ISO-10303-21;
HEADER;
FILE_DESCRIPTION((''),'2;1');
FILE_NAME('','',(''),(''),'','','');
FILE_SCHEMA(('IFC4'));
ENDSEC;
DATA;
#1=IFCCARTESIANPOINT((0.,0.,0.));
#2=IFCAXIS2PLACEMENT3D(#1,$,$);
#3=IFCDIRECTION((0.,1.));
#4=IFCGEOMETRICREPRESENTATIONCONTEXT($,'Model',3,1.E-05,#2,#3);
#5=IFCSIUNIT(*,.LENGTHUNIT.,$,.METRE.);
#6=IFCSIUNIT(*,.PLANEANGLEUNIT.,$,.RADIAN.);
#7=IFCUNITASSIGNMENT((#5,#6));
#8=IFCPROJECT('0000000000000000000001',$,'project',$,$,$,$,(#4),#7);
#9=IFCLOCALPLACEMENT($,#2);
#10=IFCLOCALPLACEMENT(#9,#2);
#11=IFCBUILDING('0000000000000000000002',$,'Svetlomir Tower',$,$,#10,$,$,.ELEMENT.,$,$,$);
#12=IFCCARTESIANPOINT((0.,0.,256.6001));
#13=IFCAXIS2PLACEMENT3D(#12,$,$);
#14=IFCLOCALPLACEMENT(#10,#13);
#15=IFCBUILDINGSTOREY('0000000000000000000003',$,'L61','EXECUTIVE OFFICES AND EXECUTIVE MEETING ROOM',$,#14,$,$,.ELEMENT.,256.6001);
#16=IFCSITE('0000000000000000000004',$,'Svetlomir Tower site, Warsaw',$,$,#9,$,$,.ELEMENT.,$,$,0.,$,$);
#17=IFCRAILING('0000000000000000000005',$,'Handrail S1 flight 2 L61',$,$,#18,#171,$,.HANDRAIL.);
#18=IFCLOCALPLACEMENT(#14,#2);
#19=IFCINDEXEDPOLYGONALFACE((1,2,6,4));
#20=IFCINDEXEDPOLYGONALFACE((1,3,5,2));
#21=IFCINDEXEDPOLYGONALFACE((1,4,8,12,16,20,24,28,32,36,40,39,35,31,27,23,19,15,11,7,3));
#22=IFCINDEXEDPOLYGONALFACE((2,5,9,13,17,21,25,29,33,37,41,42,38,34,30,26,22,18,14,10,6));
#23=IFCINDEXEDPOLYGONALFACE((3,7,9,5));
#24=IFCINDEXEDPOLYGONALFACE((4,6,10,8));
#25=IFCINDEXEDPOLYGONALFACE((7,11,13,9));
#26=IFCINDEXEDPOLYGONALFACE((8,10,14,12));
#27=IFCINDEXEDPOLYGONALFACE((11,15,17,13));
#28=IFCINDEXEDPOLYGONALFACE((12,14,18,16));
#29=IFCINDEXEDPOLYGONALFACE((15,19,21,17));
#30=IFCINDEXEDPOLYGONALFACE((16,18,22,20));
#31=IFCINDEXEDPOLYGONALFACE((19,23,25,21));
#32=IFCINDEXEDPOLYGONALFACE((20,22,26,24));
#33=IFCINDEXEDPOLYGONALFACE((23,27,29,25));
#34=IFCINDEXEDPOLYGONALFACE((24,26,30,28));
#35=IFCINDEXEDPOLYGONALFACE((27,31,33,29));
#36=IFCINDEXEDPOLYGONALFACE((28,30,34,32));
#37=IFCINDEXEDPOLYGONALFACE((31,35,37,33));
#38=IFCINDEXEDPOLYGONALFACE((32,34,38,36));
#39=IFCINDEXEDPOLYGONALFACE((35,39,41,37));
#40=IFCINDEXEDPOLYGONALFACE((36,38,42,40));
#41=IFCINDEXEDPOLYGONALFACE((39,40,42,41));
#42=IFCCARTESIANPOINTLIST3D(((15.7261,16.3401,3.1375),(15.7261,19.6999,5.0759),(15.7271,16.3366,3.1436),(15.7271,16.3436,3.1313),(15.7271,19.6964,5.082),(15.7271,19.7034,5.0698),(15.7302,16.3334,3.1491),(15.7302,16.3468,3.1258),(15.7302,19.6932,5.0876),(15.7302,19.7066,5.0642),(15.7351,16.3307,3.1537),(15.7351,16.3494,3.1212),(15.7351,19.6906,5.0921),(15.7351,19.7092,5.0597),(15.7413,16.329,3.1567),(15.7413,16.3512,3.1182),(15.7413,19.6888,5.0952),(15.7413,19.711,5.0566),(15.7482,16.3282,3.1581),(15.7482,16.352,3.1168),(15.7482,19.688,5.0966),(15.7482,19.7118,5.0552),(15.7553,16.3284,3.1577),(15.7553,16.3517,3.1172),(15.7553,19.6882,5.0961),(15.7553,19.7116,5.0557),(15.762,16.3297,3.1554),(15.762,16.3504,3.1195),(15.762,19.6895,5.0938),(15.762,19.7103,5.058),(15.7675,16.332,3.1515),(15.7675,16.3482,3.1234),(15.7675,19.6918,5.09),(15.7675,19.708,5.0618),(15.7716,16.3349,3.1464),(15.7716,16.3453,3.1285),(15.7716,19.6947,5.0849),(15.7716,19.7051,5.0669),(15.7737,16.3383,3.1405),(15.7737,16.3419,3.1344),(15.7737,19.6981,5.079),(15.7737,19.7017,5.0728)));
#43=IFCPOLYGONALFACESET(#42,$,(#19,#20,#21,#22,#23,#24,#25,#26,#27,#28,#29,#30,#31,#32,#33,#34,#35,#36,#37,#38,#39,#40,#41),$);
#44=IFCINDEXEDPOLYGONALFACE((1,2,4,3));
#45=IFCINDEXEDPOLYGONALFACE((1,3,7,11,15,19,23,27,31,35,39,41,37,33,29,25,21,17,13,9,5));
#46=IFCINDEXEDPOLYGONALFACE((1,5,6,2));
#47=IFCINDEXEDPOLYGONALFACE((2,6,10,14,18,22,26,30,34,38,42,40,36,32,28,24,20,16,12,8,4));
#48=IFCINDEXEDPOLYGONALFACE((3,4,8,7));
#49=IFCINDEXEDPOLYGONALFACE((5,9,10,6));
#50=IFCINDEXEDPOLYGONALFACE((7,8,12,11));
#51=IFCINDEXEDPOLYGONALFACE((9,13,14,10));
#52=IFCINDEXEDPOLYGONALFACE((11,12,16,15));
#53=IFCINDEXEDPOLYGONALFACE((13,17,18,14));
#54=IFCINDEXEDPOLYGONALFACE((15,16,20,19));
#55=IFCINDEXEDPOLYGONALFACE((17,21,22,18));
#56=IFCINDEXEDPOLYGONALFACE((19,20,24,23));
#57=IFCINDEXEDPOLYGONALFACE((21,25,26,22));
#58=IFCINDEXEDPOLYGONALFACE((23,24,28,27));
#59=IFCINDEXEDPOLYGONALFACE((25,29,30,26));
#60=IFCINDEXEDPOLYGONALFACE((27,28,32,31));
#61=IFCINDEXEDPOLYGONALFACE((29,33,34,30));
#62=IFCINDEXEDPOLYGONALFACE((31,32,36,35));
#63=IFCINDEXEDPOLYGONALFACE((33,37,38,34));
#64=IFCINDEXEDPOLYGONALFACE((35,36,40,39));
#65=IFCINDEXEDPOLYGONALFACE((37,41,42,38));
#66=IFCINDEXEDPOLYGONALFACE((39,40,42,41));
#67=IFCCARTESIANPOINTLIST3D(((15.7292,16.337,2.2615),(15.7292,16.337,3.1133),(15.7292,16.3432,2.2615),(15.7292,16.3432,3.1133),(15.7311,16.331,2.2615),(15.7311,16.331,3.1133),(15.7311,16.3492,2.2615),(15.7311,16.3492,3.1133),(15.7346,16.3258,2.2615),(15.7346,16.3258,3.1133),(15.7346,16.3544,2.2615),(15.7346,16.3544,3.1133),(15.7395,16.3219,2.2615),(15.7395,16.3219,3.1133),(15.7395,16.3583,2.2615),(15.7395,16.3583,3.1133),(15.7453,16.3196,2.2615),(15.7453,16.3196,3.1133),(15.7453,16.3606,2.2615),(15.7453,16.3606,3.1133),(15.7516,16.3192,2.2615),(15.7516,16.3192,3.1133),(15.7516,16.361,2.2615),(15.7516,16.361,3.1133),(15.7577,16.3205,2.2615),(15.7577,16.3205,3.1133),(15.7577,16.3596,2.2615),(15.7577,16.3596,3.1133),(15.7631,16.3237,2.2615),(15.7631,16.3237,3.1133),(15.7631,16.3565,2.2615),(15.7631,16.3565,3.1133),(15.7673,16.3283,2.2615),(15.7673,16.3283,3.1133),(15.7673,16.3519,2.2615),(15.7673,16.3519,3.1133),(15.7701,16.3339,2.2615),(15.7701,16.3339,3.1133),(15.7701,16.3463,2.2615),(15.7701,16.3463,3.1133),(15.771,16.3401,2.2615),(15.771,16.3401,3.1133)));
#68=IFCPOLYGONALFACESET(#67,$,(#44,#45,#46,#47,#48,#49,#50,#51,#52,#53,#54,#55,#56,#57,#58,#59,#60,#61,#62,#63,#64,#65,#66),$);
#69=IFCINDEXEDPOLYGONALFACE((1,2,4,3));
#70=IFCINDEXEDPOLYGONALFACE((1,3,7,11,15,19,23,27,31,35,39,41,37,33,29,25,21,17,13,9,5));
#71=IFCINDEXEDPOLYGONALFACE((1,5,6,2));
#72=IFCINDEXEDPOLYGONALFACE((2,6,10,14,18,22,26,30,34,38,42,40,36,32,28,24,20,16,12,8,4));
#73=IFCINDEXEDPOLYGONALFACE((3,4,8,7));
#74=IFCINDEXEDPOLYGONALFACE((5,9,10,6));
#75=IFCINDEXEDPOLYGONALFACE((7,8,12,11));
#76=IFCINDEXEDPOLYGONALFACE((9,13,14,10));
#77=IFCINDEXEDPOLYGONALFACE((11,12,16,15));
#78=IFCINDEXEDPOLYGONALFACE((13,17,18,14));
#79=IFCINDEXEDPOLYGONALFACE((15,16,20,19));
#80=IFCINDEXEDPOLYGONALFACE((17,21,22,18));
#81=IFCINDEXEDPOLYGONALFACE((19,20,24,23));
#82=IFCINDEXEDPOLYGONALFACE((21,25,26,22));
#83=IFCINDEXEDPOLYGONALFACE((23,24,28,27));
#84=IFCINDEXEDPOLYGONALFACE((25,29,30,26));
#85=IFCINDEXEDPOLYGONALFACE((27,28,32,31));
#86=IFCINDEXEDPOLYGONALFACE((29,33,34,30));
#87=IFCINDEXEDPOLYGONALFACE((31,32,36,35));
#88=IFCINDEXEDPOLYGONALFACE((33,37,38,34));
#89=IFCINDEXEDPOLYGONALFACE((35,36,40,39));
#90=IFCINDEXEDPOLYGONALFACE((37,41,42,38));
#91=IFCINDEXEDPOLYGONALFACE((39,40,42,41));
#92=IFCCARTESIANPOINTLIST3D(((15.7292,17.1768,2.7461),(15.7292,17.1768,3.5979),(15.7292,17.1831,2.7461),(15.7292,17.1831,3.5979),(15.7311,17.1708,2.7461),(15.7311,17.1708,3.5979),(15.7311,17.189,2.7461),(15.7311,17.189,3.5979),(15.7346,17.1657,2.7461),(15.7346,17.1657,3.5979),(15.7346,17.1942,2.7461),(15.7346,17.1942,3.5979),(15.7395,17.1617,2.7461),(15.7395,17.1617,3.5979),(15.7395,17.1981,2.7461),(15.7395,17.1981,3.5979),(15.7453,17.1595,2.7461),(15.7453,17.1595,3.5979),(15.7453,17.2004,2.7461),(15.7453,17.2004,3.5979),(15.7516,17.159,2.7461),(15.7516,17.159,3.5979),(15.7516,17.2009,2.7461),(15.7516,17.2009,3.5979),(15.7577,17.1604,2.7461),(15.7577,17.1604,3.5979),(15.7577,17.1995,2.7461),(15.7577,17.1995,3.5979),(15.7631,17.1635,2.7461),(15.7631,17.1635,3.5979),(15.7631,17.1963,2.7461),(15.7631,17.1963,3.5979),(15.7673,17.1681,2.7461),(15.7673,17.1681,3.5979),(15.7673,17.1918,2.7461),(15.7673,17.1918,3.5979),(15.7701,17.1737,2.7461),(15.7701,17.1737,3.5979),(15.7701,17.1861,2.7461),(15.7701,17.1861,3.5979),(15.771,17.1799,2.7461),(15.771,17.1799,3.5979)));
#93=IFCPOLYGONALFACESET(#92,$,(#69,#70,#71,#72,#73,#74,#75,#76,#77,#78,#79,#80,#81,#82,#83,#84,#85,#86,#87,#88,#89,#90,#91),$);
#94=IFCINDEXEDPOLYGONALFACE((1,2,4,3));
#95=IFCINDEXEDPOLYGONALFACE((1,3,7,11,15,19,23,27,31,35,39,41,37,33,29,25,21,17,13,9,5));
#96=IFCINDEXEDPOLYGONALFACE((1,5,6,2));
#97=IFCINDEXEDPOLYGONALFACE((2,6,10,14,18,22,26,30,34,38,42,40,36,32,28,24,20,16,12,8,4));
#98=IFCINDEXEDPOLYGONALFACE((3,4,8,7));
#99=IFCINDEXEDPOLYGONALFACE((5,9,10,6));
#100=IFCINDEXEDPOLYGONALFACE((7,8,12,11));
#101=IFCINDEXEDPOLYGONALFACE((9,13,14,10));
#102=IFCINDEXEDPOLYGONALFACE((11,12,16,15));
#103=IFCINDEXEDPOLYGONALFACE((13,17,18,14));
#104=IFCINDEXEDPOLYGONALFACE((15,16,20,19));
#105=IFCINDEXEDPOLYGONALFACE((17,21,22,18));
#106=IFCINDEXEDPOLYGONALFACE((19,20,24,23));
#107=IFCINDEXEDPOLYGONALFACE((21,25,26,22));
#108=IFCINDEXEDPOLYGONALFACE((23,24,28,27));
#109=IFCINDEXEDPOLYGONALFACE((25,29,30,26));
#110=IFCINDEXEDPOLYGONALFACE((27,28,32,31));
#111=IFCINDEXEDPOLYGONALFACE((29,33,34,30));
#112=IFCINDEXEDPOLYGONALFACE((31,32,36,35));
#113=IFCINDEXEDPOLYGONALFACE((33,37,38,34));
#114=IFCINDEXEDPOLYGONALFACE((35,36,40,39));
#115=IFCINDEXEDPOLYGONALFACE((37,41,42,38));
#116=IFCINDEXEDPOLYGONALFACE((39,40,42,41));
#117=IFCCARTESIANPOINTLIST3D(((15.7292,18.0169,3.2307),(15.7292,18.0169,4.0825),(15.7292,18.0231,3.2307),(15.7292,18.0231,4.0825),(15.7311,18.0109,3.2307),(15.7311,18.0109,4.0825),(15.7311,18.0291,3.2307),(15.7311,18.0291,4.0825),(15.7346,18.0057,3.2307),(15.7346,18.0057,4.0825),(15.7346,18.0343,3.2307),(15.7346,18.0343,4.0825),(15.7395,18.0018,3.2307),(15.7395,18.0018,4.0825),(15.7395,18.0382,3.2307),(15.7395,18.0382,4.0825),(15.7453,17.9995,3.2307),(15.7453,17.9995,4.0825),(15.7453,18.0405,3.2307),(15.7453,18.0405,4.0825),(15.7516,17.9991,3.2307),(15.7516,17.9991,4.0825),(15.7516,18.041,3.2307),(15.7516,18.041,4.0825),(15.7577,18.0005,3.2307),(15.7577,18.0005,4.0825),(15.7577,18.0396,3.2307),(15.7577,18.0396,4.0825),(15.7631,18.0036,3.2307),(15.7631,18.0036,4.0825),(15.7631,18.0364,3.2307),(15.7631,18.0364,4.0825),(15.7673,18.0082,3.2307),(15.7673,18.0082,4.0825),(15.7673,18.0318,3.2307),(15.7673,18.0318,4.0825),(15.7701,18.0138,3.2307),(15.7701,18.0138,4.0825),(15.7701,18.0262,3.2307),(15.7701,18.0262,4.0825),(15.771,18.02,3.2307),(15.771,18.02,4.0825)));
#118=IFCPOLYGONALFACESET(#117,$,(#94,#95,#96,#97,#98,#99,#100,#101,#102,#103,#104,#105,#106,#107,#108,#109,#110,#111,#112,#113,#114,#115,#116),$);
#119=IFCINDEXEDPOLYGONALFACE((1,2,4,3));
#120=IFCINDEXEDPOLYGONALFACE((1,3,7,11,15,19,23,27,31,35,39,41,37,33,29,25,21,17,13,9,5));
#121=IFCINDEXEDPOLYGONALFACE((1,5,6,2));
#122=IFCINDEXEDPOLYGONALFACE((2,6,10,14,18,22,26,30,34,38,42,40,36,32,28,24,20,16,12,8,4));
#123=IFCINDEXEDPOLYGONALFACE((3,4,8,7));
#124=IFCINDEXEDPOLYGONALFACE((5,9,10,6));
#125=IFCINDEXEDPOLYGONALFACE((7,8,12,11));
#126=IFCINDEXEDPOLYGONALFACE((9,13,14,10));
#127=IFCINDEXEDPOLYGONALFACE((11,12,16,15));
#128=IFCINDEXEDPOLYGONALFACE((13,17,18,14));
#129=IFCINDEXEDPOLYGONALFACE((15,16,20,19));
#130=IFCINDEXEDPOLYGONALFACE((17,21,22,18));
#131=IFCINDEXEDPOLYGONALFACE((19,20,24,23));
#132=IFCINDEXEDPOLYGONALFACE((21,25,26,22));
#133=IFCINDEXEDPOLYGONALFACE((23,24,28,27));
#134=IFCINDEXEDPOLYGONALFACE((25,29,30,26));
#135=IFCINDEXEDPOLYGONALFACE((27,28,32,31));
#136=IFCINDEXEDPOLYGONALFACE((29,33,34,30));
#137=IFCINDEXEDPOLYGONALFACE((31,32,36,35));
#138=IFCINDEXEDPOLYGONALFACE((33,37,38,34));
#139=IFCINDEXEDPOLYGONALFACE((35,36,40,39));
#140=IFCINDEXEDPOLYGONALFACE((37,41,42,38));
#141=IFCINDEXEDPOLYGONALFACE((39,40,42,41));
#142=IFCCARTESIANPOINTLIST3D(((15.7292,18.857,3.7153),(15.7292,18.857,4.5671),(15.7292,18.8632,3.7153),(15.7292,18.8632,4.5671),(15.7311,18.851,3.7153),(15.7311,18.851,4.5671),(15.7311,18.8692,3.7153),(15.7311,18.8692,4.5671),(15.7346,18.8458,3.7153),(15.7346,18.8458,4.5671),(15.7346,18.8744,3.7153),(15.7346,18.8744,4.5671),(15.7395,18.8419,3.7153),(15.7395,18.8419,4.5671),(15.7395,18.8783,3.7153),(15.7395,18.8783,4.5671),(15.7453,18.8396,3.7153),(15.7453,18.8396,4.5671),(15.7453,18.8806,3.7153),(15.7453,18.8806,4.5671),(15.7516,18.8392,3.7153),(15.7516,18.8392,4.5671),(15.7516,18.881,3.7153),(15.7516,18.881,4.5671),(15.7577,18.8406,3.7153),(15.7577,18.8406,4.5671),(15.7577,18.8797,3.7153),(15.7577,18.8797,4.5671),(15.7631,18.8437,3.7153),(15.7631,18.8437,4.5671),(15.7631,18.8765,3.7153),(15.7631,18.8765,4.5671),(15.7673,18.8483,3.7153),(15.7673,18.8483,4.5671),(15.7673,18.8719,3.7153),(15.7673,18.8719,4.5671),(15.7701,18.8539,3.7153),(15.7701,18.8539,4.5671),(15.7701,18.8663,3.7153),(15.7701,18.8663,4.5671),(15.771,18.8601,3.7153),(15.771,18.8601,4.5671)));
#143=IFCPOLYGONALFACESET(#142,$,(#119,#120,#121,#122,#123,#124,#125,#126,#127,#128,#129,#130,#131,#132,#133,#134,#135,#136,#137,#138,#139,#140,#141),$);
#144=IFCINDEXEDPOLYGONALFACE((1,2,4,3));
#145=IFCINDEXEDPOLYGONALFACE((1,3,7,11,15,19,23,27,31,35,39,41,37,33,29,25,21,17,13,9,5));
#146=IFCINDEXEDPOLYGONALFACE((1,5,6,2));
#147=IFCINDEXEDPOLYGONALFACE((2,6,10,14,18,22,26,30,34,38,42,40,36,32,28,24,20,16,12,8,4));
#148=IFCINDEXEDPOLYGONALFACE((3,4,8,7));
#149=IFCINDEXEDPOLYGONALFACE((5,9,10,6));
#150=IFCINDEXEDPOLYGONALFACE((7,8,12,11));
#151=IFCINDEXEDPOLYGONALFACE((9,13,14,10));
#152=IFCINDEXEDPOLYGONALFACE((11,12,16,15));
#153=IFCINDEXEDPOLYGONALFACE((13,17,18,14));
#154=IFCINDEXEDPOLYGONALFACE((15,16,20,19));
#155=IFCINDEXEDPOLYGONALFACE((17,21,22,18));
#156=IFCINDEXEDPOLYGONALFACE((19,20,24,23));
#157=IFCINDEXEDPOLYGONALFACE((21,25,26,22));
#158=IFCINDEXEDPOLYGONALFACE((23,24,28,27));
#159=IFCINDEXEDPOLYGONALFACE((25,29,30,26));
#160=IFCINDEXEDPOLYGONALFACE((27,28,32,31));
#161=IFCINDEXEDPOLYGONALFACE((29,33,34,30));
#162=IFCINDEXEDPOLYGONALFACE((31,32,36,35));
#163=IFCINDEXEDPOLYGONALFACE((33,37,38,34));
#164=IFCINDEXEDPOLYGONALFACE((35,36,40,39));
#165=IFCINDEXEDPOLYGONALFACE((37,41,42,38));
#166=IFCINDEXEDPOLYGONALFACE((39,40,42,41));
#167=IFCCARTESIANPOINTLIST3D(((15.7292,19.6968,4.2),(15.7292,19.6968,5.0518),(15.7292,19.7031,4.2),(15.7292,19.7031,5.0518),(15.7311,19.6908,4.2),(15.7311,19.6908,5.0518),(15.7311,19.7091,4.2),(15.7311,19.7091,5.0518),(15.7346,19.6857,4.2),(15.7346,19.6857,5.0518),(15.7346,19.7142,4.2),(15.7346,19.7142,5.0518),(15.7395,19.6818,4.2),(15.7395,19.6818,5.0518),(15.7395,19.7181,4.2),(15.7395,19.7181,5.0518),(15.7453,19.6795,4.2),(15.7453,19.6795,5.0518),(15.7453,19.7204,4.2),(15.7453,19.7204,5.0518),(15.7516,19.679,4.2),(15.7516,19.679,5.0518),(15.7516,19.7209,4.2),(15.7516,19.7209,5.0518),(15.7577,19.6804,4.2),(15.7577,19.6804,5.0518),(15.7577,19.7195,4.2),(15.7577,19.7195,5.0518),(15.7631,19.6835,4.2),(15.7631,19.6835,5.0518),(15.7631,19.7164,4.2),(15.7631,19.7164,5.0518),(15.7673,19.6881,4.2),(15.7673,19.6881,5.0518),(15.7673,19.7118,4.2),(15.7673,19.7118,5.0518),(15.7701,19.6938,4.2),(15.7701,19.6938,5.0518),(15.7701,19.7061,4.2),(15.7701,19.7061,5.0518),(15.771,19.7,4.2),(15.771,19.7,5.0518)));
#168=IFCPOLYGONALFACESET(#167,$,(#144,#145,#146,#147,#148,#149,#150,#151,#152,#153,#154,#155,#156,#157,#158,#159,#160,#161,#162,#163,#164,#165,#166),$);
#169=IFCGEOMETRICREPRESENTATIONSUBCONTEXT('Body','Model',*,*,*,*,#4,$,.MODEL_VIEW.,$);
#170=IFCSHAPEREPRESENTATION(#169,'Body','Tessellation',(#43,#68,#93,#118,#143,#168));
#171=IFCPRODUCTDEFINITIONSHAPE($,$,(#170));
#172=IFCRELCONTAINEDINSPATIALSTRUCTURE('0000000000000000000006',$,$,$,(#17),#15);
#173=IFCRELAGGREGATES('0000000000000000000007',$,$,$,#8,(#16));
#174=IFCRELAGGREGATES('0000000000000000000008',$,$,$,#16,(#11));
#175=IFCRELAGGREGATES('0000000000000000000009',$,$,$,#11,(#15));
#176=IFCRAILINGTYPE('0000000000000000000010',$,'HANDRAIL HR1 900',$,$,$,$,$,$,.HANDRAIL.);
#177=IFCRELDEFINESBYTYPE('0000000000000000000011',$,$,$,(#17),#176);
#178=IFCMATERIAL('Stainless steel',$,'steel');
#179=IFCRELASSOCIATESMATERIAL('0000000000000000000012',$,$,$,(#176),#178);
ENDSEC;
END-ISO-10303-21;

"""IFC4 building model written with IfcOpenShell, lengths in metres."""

from ifc_helpers import new_model, si_unit, direction, frame, origin, origin_2d, place, context, subcontext, project, spatial, circle, extrude, material, type_object, element, save


model = new_model("IFC4")

# Units and contexts
model_context = context("Model", 3, precision=1e-05, world=origin(), true_north=direction((0.0, 1.0)))
body_context = subcontext(model_context, "Body", "Model", "MODEL_VIEW")
ifc_project = project(units=[si_unit("LENGTHUNIT", "METRE"), si_unit("PLANEANGLEUNIT", "RADIAN")], contexts=[model_context])

# Site, building, storey
site_placement = place(None, origin())
site = spatial("IfcSite", under=ifc_project, at=site_placement, Name="Svetlomir Tower site, Warsaw", CompositionType="ELEMENT", RefElevation=0.0)
building_placement = place(site_placement, origin())
building = spatial("IfcBuilding", under=site, at=building_placement, Name="Svetlomir Tower", CompositionType="ELEMENT")
storey_placement = place(building_placement, frame((0.0, 0.0, 256.6001)))
storey = spatial("IfcBuildingStorey", under=building, at=storey_placement, Name="L61", Description="EXECUTIVE OFFICES AND EXECUTIVE MEETING ROOM", CompositionType="ELEMENT", Elevation=256.6001)

# Railing
ifc_material_1 = material(Name="Stainless steel", Category="steel")
railing_type = type_object("IfcRailingType", Name="HANDRAIL HR1 900", PredefinedType="HANDRAIL", material=ifc_material_1)
railing_placement = place(storey_placement, frame((15.75, 16.3401, 2.2615)))
element("IfcRailing", 1, at=railing_placement, inside=storey, type_object=railing_type, Name="Handrail S1 flight 2 L61", PredefinedType="HANDRAIL", context=body_context, shape_type="SweptSolid", body=[
    extrude(circle(Radius=0.0239, at=origin_2d()), frame((0.0, 0.0, 0.876), z_axis=(0.0, 0.866175, 0.499741), x_axis=(-1.0, 0.0, 0.0)), (0.0, 0.0, 1.0), 3.8789),
    extrude(circle(Radius=0.021, at=origin_2d()), origin(), (0.0, 0.0, 1.0), 0.8518),
    extrude(circle(Radius=0.021, at=origin_2d()), frame((0.0, 0.8398, 0.4846)), (0.0, 0.0, 1.0), 0.8518),
    extrude(circle(Radius=0.021, at=origin_2d()), frame((0.0, 1.6799, 0.9692)), (0.0, 0.0, 1.0), 0.8518),
    extrude(circle(Radius=0.021, at=origin_2d()), frame((0.0, 2.52, 1.4539)), (0.0, 0.0, 1.0), 0.8518),
    extrude(circle(Radius=0.021, at=origin_2d()), frame((0.0, 3.3599, 1.9385)), (0.0, 0.0, 1.0), 0.8518),
])

save(model, "model.ifc")
